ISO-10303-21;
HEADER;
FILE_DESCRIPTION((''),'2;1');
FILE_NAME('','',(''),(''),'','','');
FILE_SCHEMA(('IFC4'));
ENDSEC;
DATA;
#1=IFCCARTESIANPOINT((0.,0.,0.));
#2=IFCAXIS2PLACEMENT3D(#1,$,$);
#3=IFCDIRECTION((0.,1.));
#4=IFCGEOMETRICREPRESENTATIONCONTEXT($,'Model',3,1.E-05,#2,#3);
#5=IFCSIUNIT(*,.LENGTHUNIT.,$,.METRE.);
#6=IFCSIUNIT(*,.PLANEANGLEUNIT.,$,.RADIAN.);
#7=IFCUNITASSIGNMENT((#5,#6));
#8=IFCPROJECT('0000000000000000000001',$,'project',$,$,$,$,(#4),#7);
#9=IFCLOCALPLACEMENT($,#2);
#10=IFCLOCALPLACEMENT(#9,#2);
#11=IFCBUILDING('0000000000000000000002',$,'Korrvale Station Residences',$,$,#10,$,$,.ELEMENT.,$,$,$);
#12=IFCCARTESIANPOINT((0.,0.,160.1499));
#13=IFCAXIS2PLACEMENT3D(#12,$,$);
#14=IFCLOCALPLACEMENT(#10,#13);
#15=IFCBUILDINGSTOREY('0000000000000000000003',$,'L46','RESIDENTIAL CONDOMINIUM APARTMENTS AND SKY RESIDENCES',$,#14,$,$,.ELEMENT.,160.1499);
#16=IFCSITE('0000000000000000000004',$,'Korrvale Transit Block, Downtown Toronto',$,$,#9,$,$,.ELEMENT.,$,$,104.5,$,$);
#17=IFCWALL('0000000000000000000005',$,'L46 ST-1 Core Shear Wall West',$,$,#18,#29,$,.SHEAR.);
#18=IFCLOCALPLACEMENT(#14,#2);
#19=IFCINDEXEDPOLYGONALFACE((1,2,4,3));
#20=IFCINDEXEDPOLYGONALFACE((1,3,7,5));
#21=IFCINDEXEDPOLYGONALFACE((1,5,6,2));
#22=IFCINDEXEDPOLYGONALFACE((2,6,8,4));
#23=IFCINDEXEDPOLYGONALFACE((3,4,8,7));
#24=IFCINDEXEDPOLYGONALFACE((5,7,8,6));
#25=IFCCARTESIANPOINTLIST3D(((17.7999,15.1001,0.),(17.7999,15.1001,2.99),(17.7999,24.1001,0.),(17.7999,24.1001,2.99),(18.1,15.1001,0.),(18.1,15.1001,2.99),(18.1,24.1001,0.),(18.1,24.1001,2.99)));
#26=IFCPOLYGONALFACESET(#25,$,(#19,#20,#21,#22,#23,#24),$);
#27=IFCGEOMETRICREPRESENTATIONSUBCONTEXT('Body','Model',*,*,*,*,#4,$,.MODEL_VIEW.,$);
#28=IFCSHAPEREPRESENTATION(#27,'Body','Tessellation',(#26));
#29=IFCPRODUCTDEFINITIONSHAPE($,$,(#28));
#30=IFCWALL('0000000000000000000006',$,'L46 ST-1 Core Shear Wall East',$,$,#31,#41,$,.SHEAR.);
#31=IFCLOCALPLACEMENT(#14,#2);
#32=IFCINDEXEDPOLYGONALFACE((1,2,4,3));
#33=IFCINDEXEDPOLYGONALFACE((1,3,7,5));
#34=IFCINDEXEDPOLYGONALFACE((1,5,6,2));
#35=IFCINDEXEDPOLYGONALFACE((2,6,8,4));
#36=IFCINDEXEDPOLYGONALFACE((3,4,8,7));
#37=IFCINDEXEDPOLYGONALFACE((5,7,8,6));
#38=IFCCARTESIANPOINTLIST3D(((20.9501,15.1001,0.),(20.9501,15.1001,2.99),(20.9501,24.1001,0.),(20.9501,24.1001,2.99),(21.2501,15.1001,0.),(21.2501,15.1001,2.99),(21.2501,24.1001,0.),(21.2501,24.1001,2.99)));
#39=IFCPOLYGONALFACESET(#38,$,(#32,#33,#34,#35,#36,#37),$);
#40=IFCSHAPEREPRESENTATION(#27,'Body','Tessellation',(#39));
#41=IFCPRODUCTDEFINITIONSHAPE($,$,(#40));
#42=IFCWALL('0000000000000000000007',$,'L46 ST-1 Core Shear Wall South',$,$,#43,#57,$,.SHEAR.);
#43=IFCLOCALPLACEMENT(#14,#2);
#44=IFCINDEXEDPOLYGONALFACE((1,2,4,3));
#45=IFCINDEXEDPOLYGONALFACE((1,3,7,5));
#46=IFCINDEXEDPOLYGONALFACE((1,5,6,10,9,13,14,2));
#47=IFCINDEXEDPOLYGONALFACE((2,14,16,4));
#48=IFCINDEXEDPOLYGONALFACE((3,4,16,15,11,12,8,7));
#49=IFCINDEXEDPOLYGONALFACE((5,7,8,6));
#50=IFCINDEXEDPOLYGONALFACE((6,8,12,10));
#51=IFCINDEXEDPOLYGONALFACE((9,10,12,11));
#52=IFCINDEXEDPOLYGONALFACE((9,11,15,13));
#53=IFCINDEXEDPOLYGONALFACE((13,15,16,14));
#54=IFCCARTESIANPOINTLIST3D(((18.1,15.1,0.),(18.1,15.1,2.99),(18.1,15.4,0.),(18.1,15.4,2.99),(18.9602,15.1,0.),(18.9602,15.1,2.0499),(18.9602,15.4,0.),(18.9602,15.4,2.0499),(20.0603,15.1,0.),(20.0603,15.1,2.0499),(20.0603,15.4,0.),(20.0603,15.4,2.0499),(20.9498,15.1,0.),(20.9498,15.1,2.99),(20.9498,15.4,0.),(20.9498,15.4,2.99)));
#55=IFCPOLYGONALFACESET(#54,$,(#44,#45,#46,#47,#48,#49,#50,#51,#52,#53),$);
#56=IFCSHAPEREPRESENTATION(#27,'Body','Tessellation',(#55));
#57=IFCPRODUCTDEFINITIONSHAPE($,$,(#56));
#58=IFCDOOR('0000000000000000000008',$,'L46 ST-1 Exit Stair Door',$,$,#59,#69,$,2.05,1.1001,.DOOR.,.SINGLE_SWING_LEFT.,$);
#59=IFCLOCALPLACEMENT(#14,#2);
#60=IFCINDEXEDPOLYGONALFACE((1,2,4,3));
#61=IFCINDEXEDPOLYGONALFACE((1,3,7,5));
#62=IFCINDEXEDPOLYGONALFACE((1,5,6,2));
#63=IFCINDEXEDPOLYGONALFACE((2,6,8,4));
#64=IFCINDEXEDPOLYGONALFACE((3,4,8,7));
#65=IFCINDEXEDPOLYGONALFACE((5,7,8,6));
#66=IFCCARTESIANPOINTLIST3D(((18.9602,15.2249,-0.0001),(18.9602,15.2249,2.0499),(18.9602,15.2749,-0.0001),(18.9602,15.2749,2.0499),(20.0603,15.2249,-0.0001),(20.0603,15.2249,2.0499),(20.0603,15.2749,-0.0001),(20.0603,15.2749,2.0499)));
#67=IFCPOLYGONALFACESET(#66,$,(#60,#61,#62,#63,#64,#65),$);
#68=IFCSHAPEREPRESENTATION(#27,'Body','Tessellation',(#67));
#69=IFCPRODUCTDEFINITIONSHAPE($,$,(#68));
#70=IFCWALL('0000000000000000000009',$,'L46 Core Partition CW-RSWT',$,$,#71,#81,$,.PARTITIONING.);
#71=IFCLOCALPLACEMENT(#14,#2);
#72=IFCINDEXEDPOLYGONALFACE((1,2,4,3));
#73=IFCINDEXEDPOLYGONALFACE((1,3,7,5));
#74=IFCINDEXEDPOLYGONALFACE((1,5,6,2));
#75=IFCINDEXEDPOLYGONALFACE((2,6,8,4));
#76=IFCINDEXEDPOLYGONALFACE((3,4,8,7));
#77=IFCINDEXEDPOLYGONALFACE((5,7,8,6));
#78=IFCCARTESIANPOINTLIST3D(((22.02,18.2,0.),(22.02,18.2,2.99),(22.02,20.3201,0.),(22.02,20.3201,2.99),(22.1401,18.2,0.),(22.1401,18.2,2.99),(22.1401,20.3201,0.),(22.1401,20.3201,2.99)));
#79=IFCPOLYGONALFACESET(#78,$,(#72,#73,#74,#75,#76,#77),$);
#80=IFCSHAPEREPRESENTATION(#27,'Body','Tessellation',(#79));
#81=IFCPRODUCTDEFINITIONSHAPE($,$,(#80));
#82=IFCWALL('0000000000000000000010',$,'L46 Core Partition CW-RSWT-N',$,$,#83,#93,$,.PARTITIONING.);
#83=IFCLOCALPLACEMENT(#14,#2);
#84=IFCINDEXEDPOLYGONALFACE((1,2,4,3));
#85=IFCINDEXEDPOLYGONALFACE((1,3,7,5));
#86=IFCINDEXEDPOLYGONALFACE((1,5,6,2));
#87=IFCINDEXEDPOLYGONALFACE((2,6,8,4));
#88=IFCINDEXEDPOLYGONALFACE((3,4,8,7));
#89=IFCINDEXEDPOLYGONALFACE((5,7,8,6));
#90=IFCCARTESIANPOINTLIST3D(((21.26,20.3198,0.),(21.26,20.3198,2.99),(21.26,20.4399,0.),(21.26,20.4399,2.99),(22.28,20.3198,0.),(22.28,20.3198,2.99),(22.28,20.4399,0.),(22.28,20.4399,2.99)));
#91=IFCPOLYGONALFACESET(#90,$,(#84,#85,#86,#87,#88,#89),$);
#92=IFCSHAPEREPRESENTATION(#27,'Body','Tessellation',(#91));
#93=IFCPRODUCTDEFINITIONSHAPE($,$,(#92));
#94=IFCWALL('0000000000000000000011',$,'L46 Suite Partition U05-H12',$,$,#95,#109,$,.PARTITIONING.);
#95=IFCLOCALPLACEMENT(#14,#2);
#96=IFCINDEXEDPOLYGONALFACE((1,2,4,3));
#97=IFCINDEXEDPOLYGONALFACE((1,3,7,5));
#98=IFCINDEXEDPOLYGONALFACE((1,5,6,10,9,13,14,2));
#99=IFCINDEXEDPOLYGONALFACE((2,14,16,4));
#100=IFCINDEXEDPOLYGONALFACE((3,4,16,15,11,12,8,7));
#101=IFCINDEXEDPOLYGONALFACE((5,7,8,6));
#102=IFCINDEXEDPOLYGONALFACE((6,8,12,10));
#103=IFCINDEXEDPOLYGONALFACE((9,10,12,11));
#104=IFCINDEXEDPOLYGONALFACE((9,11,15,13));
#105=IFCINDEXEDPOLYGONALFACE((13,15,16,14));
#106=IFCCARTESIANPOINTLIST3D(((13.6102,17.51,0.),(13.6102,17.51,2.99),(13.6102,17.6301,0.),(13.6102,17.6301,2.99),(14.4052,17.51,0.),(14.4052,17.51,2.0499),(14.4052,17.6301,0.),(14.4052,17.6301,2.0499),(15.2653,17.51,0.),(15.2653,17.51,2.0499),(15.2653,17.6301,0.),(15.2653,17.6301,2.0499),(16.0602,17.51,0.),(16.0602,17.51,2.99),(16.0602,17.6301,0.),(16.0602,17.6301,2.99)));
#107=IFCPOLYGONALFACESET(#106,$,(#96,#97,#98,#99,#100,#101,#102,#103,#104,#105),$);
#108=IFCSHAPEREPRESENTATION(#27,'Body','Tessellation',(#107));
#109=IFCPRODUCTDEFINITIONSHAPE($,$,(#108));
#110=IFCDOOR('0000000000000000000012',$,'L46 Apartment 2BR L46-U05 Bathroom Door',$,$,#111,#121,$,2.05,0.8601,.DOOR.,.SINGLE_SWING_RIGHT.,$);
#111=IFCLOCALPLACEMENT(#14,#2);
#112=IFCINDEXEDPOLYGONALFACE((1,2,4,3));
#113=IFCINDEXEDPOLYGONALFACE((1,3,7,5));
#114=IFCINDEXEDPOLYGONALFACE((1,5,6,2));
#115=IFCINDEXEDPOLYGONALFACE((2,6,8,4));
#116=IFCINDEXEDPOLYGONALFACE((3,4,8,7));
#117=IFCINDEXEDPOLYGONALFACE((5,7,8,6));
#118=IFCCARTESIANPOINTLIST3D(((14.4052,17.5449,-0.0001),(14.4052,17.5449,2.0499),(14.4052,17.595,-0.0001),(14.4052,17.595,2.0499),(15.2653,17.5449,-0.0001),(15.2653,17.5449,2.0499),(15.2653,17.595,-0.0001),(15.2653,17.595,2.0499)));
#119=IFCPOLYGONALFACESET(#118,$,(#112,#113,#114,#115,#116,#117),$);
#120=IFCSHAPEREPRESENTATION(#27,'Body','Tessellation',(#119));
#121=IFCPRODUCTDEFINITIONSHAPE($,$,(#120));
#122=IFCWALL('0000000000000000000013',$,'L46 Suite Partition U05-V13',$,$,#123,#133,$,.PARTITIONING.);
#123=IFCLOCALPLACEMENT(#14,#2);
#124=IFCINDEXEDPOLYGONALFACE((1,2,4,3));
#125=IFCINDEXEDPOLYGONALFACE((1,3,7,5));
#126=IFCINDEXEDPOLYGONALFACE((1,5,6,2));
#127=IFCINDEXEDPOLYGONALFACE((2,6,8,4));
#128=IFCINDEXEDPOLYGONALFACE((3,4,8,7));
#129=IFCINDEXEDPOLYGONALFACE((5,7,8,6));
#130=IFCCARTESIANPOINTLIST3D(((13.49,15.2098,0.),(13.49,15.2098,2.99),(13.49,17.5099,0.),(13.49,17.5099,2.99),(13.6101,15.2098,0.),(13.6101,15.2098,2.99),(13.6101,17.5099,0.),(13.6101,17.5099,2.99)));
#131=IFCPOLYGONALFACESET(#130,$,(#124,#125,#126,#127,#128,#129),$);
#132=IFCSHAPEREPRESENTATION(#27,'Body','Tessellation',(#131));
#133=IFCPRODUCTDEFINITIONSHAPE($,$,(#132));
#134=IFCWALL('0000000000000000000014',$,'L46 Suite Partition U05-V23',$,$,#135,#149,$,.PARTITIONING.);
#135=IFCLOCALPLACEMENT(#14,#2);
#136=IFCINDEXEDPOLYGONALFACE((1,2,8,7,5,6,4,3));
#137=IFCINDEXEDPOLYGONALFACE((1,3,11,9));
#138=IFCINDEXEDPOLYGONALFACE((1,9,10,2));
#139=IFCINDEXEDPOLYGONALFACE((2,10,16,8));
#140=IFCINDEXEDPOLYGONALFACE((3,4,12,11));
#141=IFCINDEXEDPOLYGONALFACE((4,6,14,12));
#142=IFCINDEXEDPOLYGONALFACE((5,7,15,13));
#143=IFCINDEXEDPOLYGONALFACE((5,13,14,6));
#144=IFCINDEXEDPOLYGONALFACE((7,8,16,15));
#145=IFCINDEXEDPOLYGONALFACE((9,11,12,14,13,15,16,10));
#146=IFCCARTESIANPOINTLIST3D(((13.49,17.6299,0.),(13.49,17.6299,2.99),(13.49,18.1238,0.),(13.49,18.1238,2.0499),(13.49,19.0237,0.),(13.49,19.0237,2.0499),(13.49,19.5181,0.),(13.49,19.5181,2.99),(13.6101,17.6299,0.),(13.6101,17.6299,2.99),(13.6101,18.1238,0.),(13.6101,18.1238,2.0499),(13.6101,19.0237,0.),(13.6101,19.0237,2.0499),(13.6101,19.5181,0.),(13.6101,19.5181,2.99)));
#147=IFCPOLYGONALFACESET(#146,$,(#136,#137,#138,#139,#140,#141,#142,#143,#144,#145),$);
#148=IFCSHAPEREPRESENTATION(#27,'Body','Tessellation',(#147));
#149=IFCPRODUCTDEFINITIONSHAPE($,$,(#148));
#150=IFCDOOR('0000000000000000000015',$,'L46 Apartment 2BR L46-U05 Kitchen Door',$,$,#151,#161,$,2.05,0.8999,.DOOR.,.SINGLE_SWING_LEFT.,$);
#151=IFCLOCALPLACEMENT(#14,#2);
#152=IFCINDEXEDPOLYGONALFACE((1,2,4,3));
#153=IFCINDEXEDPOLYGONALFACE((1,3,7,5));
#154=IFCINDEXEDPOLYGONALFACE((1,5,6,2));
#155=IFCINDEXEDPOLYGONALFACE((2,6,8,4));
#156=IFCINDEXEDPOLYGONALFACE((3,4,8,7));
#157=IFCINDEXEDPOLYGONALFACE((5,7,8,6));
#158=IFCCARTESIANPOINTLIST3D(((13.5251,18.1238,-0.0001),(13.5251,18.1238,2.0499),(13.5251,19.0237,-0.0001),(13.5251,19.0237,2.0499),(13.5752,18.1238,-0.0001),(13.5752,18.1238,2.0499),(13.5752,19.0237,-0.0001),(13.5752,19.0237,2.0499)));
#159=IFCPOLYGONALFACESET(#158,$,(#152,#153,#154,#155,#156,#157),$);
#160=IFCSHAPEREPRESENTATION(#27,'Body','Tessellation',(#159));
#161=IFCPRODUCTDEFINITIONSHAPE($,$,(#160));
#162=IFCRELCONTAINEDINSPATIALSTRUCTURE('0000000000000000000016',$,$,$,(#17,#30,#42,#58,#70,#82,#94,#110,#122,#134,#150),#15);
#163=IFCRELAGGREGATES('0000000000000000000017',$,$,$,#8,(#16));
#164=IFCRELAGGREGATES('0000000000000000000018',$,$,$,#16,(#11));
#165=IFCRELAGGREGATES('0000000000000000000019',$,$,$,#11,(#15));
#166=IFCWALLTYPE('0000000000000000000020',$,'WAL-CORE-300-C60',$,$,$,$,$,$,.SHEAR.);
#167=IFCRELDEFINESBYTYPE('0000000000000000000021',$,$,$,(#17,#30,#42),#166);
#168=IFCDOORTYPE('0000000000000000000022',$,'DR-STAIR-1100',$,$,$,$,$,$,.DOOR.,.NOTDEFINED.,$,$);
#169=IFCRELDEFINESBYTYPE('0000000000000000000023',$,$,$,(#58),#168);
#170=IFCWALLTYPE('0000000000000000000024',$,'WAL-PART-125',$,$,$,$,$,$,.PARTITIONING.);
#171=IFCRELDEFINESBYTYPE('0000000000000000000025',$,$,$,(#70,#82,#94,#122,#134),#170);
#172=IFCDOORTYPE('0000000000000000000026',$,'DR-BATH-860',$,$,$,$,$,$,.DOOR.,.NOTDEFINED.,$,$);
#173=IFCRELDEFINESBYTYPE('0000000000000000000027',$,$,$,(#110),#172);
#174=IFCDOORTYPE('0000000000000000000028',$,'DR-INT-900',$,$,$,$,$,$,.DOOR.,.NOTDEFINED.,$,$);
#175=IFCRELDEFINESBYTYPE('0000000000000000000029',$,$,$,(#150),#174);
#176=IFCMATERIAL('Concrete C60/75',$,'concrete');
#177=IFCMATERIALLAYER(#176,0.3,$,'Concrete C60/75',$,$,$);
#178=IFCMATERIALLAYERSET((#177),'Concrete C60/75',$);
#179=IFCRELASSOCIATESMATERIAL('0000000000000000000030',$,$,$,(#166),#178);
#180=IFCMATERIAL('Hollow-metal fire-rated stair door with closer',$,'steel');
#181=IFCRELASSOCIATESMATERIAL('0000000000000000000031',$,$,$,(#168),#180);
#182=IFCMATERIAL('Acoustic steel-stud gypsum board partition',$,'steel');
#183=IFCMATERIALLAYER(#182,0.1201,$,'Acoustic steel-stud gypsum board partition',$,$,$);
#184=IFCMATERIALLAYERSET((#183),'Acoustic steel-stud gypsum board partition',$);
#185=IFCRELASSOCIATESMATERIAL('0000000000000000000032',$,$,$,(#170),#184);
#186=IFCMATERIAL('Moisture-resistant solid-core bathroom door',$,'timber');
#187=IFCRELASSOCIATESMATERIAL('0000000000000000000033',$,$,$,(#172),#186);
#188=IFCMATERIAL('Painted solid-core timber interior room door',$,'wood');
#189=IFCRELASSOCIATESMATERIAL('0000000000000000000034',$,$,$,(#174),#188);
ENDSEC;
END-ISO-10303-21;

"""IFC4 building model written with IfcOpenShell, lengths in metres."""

from ifc_helpers import new_model, si_unit, direction, frame, frame_2d, origin, place, context, subcontext, project, spatial, rectangle, extrude, material, layer, layer_set, type_object, element, fill, save


model = new_model("IFC4")

# Units and contexts
model_context = context("Model", 3, precision=1e-05, world=origin(), true_north=direction((0.0, 1.0)))
body_context = subcontext(model_context, "Body", "Model", "MODEL_VIEW")
ifc_project = project(units=[si_unit("LENGTHUNIT", "METRE"), si_unit("PLANEANGLEUNIT", "RADIAN")], contexts=[model_context])

# Site, building, storey
site_placement = place(None, origin())
site = spatial("IfcSite", under=ifc_project, at=site_placement, Name="Korrvale Transit Block, Downtown Toronto", CompositionType="ELEMENT", RefElevation=104.5)
building_placement = place(site_placement, origin())
building = spatial("IfcBuilding", under=site, at=building_placement, Name="Korrvale Station Residences", CompositionType="ELEMENT")
storey_placement = place(building_placement, frame((0.0, 0.0, 160.1499)))
storey = spatial("IfcBuildingStorey", under=building, at=storey_placement, Name="L46", Description="RESIDENTIAL CONDOMINIUM APARTMENTS AND SKY RESIDENCES", CompositionType="ELEMENT", Elevation=160.1499)

# Walls
ifc_material_1 = material(Name="Concrete C60/75", Category="concrete")
ifc_layer_1 = layer(ifc_material_1, 0.3, Name="Concrete C60/75")
ifc_layer_set_1 = layer_set([ifc_layer_1], Name="Concrete C60/75")
wall_type_1 = type_object("IfcWallType", Name="WAL-CORE-300-C60", PredefinedType="SHEAR", material=ifc_layer_set_1)
for number, where, z_axis, x_axis, name in (
    (1, (17.95, 15.1001, 0.0), (0.0, 0.0, 1.0), (0.0, 1.0, 0.0), "L46 ST-1 Core Shear Wall West"),
    (2, (21.1001, 15.1001, 0.0), (0.0, 0.0, 1.0), (0.0, 1.0, 0.0), "L46 ST-1 Core Shear Wall East"),
):
    element("IfcWall", number, at=place(storey_placement, frame(where, z_axis=z_axis, x_axis=x_axis)), inside=storey, type_object=wall_type_1, Name=name, PredefinedType="SHEAR", context=body_context, shape_type="SweptSolid", body=[
        extrude(rectangle(XDim=9.0, YDim=0.3, at=frame_2d((4.5, 0.0))), origin(), (0.0, 0.0, 1.0), 2.99),
    ])

# Wall, opening, door
wall_1_placement = place(storey_placement, frame((18.1001, 15.25, 0.0), z_axis=(0.0, 0.0, 1.0), x_axis=(1.0, 0.0, 0.0)))
wall_1 = element("IfcWall", 3, at=wall_1_placement, inside=storey, type_object=wall_type_1, Name="L46 ST-1 Core Shear Wall South", PredefinedType="SHEAR", context=body_context, shape_type="SweptSolid", body=[
    extrude(rectangle(XDim=2.8499, YDim=0.3, at=frame_2d((1.4248, 0.0))), origin(), (0.0, 0.0, 1.0), 2.99),
])
opening_1_placement = place(wall_1_placement, frame((0.8601, 0.0, 0.0)))
opening_1 = element("IfcOpeningElement", 4, at=opening_1_placement, cuts=wall_1, PredefinedType="OPENING", context=body_context, shape_type="SweptSolid", body=[
    extrude(rectangle(XDim=1.1001, YDim=2.05, at=frame_2d((0.55, 1.0249))), frame((0.0, 0.1602, 0.0), z_axis=(0.0, -1.0, 0.0), x_axis=(1.0, 0.0, 0.0)), (0.0, 0.0, 1.0), 0.3201),
])
ifc_material_2 = material(Name="Hollow-metal fire-rated stair door with closer", Category="steel")
door_type_1 = type_object("IfcDoorType", Name="DR-STAIR-1100", OperationType="NOTDEFINED", PredefinedType="DOOR", material=ifc_material_2)
door_1_placement = place(opening_1_placement, origin())
door_1 = element("IfcDoor", 5, at=door_1_placement, inside=storey, type_object=door_type_1, Name="L46 ST-1 Exit Stair Door", OperationType="SINGLE_SWING_LEFT", OverallHeight=2.05, OverallWidth=1.1001, PredefinedType="DOOR", context=body_context, shape_type="SweptSolid", body=[
    extrude(rectangle(XDim=1.1001, YDim=2.05, at=frame_2d((0.55, 1.0249))), frame((0.0, 0.0249, 0.0), z_axis=(0.0, -1.0, 0.0), x_axis=(1.0, 0.0, 0.0)), (0.0, 0.0, 1.0), 0.05),
])
fill(opening_1, door_1)

# Walls
ifc_material_3 = material(Name="Acoustic steel-stud gypsum board partition", Category="steel")
ifc_layer_2 = layer(ifc_material_3, 0.1201, Name="Acoustic steel-stud gypsum board partition")
ifc_layer_set_2 = layer_set([ifc_layer_2], Name="Acoustic steel-stud gypsum board partition")
wall_type_2 = type_object("IfcWallType", Name="WAL-PART-125", PredefinedType="PARTITIONING", material=ifc_layer_set_2)
wall_2_placement = place(storey_placement, frame((22.0801, 18.2, 0.0), z_axis=(0.0, 0.0, 1.0), x_axis=(0.0, 1.0, 0.0)))
element("IfcWall", 6, at=wall_2_placement, inside=storey, type_object=wall_type_2, Name="L46 Core Partition CW-RSWT", PredefinedType="PARTITIONING", context=body_context, shape_type="SweptSolid", body=[
    extrude(rectangle(XDim=2.1201, YDim=0.1201, at=frame_2d((1.0601, 0.0))), origin(), (0.0, 0.0, 1.0), 2.99),
])
wall_3_placement = place(storey_placement, frame((22.28, 20.3799, 0.0), z_axis=(0.0, 0.0, 1.0), x_axis=(-1.0, 0.0, 0.0)))
element("IfcWall", 7, at=wall_3_placement, inside=storey, type_object=wall_type_2, Name="L46 Core Partition CW-RSWT-N", PredefinedType="PARTITIONING", context=body_context, shape_type="SweptSolid", body=[
    extrude(rectangle(XDim=1.02, YDim=0.1201, at=frame_2d((0.51, 0.0))), origin(), (0.0, 0.0, 1.0), 2.99),
])

# Wall, opening, door
wall_4_placement = place(storey_placement, frame((13.6101, 17.5701, 0.0), z_axis=(0.0, 0.0, 1.0), x_axis=(1.0, 0.0, 0.0)))
wall_4 = element("IfcWall", 8, at=wall_4_placement, inside=storey, type_object=wall_type_2, Name="L46 Suite Partition U05-H12", PredefinedType="PARTITIONING", context=body_context, shape_type="SweptSolid", body=[
    extrude(rectangle(XDim=2.45, YDim=0.1201, at=frame_2d((1.2251, 0.0))), origin(), (0.0, 0.0, 1.0), 2.99),
])
opening_2_placement = place(wall_4_placement, frame((0.7949, 0.0, 0.0)))
opening_2 = element("IfcOpeningElement", 9, at=opening_2_placement, cuts=wall_4, PredefinedType="OPENING", context=body_context, shape_type="SweptSolid", body=[
    extrude(rectangle(XDim=0.8601, YDim=2.05, at=frame_2d((0.4302, 1.0249))), frame((0.0, 0.0701, 0.0), z_axis=(0.0, -1.0, 0.0), x_axis=(1.0, 0.0, 0.0)), (0.0, 0.0, 1.0), 0.1401),
])
ifc_material_4 = material(Name="Moisture-resistant solid-core bathroom door", Category="timber")
door_type_2 = type_object("IfcDoorType", Name="DR-BATH-860", OperationType="NOTDEFINED", PredefinedType="DOOR", material=ifc_material_4)
door_2_placement = place(opening_2_placement, origin())
door_2 = element("IfcDoor", 10, at=door_2_placement, inside=storey, type_object=door_type_2, Name="L46 Apartment 2BR L46-U05 Bathroom Door", OperationType="SINGLE_SWING_RIGHT", OverallHeight=2.05, OverallWidth=0.8601, PredefinedType="DOOR", context=body_context, shape_type="SweptSolid", body=[
    extrude(rectangle(XDim=0.8601, YDim=2.05, at=frame_2d((0.4302, 1.0249))), frame((0.0, 0.0249, 0.0), z_axis=(0.0, -1.0, 0.0), x_axis=(1.0, 0.0, 0.0)), (0.0, 0.0, 1.0), 0.05),
])
fill(opening_2, door_2)

# Wall
wall_5_placement = place(storey_placement, frame((13.55, 15.21, 0.0), z_axis=(0.0, 0.0, 1.0), x_axis=(0.0, 1.0, 0.0)))
element("IfcWall", 11, at=wall_5_placement, inside=storey, type_object=wall_type_2, Name="L46 Suite Partition U05-V13", PredefinedType="PARTITIONING", context=body_context, shape_type="SweptSolid", body=[
    extrude(rectangle(XDim=2.3, YDim=0.1201, at=frame_2d((1.1499, 0.0))), origin(), (0.0, 0.0, 1.0), 2.99),
])

# Wall, opening, door
wall_6_placement = place(storey_placement, frame((13.55, 17.6299, 0.0), z_axis=(0.0, 0.0, 1.0), x_axis=(0.0, 1.0, 0.0)))
wall_6 = element("IfcWall", 12, at=wall_6_placement, inside=storey, type_object=wall_type_2, Name="L46 Suite Partition U05-V23", PredefinedType="PARTITIONING", context=body_context, shape_type="SweptSolid", body=[
    extrude(rectangle(XDim=1.8882, YDim=0.1201, at=frame_2d((0.9441, 0.0))), origin(), (0.0, 0.0, 1.0), 2.99),
])
opening_3_placement = place(wall_6_placement, frame((0.4939, 0.0, 0.0)))
opening_3 = element("IfcOpeningElement", 13, at=opening_3_placement, cuts=wall_6, PredefinedType="OPENING", context=body_context, shape_type="SweptSolid", body=[
    extrude(rectangle(XDim=0.8999, YDim=2.05, at=frame_2d((0.45, 1.0249))), frame((0.0, 0.0701, 0.0), z_axis=(0.0, -1.0, 0.0), x_axis=(1.0, 0.0, 0.0)), (0.0, 0.0, 1.0), 0.1401),
])
ifc_material_5 = material(Name="Painted solid-core timber interior room door", Category="wood")
door_type_3 = type_object("IfcDoorType", Name="DR-INT-900", OperationType="NOTDEFINED", PredefinedType="DOOR", material=ifc_material_5)
door_3_placement = place(opening_3_placement, origin())
door_3 = element("IfcDoor", 14, at=door_3_placement, inside=storey, type_object=door_type_3, Name="L46 Apartment 2BR L46-U05 Kitchen Door", OperationType="SINGLE_SWING_LEFT", OverallHeight=2.05, OverallWidth=0.8999, PredefinedType="DOOR", context=body_context, shape_type="SweptSolid", body=[
    extrude(rectangle(XDim=0.8999, YDim=2.05, at=frame_2d((0.45, 1.0249))), frame((0.0, 0.0249, 0.0), z_axis=(0.0, -1.0, 0.0), x_axis=(1.0, 0.0, 0.0)), (0.0, 0.0, 1.0), 0.05),
])
fill(opening_3, door_3)

save(model, "model.ifc")
